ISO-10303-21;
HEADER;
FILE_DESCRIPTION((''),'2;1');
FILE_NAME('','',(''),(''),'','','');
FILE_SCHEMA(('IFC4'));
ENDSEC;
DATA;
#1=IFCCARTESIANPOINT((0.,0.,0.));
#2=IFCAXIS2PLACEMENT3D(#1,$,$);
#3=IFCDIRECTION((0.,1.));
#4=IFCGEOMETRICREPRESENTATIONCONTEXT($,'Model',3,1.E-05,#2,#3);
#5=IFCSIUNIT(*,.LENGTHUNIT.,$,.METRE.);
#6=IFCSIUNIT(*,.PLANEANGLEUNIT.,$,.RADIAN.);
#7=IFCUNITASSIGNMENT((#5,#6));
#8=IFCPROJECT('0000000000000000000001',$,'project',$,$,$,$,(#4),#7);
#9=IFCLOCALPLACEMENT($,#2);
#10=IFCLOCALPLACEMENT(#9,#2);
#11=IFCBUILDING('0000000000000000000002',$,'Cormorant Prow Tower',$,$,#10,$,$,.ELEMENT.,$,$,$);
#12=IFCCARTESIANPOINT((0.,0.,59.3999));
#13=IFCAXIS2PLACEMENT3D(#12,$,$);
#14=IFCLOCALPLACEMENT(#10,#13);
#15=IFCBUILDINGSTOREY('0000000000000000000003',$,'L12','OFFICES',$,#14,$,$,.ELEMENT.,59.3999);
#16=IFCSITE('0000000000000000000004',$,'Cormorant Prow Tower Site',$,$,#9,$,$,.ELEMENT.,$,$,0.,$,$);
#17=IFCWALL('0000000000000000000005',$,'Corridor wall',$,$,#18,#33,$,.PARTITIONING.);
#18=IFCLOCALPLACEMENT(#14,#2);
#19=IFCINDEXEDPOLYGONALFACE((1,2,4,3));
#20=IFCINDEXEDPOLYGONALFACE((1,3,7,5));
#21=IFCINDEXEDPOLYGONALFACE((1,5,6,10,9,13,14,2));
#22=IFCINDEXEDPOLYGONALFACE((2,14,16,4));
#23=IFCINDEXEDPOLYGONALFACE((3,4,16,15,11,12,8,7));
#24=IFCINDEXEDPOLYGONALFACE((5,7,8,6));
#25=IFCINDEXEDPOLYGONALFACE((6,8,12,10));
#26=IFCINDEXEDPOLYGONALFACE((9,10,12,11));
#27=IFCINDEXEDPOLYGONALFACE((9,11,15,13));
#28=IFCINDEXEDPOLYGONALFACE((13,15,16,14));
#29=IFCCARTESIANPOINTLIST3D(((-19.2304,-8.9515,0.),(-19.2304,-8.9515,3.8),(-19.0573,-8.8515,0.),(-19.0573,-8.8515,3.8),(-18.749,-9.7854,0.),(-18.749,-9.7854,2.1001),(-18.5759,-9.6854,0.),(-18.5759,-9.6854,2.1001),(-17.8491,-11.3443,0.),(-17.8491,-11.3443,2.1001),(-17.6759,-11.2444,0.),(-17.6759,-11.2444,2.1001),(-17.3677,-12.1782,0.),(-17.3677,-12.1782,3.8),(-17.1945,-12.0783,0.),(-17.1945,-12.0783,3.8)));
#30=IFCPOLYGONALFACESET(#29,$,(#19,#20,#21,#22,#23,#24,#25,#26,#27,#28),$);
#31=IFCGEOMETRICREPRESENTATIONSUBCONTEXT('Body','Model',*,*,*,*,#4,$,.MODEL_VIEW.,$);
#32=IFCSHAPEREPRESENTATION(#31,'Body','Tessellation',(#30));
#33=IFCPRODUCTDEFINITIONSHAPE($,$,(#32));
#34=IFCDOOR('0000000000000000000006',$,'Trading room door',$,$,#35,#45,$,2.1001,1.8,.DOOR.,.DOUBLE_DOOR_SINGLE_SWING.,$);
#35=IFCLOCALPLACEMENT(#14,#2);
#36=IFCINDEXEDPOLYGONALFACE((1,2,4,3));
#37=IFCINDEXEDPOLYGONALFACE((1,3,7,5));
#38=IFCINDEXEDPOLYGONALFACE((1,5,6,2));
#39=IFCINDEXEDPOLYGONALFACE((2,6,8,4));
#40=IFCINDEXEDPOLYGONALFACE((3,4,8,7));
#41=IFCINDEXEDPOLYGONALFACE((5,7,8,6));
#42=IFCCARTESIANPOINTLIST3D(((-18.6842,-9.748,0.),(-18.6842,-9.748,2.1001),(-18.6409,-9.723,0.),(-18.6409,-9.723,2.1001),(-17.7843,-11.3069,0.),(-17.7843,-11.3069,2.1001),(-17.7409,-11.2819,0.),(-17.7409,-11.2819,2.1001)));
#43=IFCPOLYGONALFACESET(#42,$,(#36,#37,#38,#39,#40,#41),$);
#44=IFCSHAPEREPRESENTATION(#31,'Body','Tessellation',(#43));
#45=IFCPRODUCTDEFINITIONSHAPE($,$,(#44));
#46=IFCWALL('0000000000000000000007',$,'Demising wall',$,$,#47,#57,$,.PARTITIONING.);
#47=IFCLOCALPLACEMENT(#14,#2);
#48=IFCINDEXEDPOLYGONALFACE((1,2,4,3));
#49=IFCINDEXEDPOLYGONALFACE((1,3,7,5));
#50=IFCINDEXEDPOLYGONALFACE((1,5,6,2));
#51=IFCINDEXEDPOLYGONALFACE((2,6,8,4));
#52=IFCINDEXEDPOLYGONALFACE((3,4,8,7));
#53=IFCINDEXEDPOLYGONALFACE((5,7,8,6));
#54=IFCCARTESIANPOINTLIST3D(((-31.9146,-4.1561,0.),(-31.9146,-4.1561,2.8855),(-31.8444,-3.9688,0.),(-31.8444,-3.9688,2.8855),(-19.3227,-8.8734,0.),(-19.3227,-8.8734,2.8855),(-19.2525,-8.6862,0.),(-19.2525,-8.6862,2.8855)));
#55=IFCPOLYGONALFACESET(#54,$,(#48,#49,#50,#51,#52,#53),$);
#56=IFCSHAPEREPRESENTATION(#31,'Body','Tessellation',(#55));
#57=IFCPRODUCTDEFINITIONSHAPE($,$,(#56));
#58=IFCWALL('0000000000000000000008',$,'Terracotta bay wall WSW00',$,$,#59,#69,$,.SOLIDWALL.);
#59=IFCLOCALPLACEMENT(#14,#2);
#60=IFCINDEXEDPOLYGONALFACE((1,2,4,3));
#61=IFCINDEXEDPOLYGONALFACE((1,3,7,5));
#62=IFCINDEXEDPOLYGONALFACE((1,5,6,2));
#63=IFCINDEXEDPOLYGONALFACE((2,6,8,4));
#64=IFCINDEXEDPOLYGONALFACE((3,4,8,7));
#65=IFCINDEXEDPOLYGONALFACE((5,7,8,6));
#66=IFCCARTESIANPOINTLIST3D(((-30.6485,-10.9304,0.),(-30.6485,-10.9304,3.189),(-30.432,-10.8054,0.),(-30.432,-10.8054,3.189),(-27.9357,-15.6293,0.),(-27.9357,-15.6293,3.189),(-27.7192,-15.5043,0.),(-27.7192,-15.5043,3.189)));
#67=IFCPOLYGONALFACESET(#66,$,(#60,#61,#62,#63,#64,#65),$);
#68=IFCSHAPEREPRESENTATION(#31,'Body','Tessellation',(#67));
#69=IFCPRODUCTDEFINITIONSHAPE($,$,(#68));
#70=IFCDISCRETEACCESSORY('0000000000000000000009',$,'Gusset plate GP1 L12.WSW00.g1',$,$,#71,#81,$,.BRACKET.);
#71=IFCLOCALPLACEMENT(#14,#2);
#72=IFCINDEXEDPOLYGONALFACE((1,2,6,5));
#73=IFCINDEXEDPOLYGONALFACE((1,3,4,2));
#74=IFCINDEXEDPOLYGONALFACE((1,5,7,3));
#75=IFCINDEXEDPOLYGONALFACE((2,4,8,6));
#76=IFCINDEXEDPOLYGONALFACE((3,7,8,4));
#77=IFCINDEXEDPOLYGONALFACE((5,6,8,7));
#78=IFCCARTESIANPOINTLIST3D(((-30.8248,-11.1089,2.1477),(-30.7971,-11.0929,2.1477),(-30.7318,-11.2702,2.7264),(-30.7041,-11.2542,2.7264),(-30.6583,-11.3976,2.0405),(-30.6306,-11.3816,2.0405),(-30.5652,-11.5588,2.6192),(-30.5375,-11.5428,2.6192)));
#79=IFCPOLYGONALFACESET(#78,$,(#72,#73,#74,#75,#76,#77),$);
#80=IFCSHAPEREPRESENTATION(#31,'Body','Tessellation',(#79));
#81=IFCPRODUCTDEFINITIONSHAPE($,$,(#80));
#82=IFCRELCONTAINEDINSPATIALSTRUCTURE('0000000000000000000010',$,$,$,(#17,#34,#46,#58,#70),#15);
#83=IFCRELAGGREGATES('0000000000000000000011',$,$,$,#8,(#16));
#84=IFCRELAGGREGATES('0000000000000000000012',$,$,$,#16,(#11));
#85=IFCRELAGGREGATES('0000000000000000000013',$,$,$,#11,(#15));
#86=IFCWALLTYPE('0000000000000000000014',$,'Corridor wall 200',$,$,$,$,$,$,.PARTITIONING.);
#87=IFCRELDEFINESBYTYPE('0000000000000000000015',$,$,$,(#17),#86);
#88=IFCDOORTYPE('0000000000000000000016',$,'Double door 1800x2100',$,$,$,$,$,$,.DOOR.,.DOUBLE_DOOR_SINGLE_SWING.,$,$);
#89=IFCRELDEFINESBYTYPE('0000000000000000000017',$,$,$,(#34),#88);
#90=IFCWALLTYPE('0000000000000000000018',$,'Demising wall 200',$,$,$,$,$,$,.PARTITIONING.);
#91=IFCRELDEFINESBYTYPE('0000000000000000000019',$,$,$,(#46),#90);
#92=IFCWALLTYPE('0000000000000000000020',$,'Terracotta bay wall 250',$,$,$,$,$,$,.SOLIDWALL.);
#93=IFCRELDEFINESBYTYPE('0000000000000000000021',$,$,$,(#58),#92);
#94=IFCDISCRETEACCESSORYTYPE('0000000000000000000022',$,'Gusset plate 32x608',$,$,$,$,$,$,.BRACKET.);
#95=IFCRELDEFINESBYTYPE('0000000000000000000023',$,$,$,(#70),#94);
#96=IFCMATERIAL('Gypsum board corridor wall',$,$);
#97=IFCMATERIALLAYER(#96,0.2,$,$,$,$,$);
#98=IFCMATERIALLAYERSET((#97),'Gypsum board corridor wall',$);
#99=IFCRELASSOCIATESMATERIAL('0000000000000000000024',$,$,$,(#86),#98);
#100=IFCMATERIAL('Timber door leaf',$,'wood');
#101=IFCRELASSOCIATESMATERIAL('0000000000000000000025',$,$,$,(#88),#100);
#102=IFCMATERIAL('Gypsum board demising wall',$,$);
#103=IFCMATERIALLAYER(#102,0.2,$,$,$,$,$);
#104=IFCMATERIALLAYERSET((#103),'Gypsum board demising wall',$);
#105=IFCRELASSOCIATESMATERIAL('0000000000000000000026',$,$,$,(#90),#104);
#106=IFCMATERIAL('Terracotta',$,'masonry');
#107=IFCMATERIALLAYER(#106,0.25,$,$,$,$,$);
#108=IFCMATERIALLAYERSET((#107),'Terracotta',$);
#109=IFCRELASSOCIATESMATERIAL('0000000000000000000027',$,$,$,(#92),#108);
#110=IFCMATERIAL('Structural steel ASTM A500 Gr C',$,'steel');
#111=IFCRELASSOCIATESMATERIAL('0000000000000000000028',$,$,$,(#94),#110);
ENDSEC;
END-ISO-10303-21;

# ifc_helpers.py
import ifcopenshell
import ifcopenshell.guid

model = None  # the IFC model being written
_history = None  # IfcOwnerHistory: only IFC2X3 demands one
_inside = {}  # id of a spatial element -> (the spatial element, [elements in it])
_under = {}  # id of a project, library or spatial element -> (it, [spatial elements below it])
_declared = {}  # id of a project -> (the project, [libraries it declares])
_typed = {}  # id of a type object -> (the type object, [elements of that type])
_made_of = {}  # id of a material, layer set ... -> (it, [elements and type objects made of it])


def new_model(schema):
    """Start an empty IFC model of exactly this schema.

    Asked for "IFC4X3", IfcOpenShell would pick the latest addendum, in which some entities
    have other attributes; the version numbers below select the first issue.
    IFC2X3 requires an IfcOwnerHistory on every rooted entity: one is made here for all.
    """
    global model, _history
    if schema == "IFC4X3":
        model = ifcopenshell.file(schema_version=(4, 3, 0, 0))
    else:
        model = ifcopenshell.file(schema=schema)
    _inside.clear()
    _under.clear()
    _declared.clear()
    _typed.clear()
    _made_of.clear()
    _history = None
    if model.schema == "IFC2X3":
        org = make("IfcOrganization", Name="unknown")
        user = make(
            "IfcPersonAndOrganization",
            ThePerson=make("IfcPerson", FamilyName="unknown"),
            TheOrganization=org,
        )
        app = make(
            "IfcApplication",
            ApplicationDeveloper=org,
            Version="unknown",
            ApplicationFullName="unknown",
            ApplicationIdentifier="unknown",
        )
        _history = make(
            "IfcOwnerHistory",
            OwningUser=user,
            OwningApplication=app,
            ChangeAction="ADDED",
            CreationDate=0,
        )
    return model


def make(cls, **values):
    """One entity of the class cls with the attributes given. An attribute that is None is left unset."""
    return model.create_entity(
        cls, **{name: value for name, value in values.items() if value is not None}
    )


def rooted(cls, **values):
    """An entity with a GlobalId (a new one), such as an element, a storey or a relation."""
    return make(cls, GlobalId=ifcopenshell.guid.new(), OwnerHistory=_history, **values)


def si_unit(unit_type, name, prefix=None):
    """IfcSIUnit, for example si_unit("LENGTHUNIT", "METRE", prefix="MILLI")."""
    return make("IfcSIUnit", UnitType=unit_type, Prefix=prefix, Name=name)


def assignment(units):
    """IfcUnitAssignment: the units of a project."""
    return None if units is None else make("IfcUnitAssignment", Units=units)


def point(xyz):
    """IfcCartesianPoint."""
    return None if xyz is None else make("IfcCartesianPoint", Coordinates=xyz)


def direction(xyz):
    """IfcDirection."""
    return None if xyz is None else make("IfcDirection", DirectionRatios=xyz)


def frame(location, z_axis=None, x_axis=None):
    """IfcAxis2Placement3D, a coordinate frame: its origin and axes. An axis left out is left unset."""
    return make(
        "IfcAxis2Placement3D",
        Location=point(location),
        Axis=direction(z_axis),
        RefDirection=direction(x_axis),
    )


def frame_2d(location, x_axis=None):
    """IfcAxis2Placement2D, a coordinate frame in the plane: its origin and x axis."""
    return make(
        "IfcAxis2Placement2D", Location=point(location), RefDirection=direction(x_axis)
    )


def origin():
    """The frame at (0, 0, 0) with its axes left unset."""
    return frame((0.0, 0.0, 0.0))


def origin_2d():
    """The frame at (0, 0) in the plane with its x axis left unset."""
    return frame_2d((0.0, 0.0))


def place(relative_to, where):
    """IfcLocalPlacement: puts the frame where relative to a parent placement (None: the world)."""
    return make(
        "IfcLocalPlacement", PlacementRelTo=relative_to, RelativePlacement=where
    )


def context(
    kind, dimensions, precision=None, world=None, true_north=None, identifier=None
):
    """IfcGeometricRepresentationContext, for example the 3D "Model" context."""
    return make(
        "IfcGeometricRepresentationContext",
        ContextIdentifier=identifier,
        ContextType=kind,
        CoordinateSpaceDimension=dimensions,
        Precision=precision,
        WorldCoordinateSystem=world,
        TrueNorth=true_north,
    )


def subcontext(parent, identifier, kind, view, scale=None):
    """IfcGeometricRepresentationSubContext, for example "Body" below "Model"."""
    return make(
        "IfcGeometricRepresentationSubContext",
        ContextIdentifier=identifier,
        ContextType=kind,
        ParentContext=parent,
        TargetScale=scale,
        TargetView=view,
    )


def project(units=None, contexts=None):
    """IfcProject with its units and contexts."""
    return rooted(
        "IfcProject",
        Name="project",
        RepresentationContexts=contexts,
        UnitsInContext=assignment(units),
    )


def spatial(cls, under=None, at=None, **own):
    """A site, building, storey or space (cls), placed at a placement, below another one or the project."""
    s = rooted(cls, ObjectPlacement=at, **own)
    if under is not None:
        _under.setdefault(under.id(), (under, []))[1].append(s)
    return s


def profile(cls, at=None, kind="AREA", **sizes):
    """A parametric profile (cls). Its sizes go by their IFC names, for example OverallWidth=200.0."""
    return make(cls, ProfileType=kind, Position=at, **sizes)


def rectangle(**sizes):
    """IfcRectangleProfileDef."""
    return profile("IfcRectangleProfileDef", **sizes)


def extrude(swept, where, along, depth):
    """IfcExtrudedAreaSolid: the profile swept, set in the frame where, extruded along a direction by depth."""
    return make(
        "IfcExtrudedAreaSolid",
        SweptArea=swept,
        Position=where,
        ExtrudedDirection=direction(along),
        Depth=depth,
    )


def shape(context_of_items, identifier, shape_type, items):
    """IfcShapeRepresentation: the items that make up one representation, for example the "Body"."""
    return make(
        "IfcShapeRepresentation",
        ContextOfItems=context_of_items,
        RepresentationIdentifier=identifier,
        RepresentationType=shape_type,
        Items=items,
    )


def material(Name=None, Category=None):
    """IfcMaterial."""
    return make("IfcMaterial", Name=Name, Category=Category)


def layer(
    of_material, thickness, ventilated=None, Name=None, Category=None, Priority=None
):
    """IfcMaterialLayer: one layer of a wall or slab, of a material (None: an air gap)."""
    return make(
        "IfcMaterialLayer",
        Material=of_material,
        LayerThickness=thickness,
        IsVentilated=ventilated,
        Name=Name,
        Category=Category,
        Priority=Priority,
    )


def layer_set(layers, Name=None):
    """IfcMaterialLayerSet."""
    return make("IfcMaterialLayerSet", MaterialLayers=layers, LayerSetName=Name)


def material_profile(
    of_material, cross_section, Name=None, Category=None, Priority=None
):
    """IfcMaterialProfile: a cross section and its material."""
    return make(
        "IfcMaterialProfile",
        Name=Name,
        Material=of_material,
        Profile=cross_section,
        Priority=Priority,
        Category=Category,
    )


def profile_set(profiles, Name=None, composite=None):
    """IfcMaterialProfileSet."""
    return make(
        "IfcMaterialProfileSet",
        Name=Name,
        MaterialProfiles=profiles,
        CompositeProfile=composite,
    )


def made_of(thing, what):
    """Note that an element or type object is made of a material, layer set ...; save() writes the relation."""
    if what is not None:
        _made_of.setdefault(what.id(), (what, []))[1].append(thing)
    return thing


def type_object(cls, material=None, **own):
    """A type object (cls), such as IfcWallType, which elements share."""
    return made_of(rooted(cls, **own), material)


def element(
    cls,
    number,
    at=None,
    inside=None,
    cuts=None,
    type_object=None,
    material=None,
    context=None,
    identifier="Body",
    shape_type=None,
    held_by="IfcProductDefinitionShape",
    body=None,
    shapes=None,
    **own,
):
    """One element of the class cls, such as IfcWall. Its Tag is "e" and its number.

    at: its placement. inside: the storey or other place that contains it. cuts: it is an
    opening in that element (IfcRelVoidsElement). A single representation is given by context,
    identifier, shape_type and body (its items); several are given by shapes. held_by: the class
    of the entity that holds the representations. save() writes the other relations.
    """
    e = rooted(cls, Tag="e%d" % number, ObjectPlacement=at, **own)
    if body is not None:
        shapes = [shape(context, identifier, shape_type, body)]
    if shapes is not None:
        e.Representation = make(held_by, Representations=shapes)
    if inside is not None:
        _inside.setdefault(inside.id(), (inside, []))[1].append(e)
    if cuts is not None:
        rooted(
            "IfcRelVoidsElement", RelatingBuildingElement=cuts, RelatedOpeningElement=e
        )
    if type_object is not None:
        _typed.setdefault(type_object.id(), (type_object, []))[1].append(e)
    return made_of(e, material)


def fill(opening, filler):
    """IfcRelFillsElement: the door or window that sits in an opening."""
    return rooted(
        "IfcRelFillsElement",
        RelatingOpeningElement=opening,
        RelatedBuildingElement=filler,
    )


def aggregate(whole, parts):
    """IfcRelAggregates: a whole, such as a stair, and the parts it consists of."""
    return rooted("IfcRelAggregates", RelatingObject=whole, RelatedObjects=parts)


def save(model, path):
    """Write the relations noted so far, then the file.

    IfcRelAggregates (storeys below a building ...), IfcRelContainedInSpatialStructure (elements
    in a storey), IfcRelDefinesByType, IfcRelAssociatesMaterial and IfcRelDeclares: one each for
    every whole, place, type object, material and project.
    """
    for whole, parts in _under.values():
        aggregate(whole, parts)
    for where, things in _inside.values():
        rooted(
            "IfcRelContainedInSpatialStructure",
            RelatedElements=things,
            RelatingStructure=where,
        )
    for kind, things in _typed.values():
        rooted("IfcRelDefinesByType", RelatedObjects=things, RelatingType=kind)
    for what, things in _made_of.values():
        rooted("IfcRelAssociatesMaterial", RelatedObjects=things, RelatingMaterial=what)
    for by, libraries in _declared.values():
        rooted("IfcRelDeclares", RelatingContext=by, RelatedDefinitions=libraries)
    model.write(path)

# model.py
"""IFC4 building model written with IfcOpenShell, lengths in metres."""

from ifc_helpers import new_model, si_unit, direction, frame, frame_2d, origin, origin_2d, place, context, subcontext, project, spatial, rectangle, extrude, material, layer, layer_set, material_profile, profile_set, type_object, element, fill, save


model = new_model("IFC4")

# Units and contexts
model_context = context("Model", 3, precision=1e-05, world=origin(), true_north=direction((0.0, 1.0)))
body_context = subcontext(model_context, "Body", "Model", "MODEL_VIEW")
ifc_project = project(units=[si_unit("LENGTHUNIT", "METRE"), si_unit("PLANEANGLEUNIT", "RADIAN")], contexts=[model_context])

# Site, building, storey
site_placement = place(None, origin())
site = spatial("IfcSite", under=ifc_project, at=site_placement, Name="Cormorant Prow Tower Site", CompositionType="ELEMENT", RefElevation=0.0)
building_placement = place(site_placement, origin())
building = spatial("IfcBuilding", under=site, at=building_placement, Name="Cormorant Prow Tower", CompositionType="ELEMENT")
storey_placement = place(building_placement, frame((0.0, 0.0, 59.3999)))
storey = spatial("IfcBuildingStorey", under=building, at=storey_placement, Name="L12", Description="OFFICES", CompositionType="ELEMENT", Elevation=59.3999)

# Shared definitions
ifc_material_1 = material(Name="Gypsum board corridor wall")
ifc_layer_1 = layer(ifc_material_1, 0.2)
ifc_layer_set_1 = layer_set([ifc_layer_1], Name="Gypsum board corridor wall")
wall_type_1 = type_object("IfcWallType", Name="Corridor wall 200", PredefinedType="PARTITIONING", material=ifc_layer_set_1)

# Wall, opening, door
ifc_material_2 = material(Name="Timber door leaf", Category="wood")
door_type_1 = type_object("IfcDoorType", Name="Double door 1800x2100", OperationType="DOUBLE_DOOR_SINGLE_SWING", PredefinedType="DOOR", material=ifc_material_2)
wall_1_placement = place(storey_placement, frame((-19.1438, -8.9016, 0.0), z_axis=(0.0, 0.0, 1.0), x_axis=(0.499959, -0.866049, 0.0)))
wall_1 = element("IfcWall", 1, at=wall_1_placement, inside=storey, type_object=wall_type_1, Name="Corridor wall", PredefinedType="PARTITIONING", context=body_context, shape_type="SweptSolid", body=[
    extrude(rectangle(XDim=3.7258, YDim=0.2, at=frame_2d((1.8628, 0.0))), origin(), (0.0, 0.0, 1.0), 3.8),
])
opening_1_placement = place(wall_1_placement, frame((0.9629, 0.0, 0.0)))
opening_1 = element("IfcOpeningElement", 2, at=opening_1_placement, cuts=wall_1, PredefinedType="OPENING", context=body_context, shape_type="SweptSolid", body=[
    extrude(rectangle(XDim=1.8, YDim=2.1001, at=frame_2d((0.8999, 1.05))), frame((0.0, 0.1099, 0.0), z_axis=(0.0, -1.0, 0.0), x_axis=(1.0, 0.0, 0.0)), (0.0, 0.0, 1.0), 0.22),
])
door_1_placement = place(opening_1_placement, origin())
door_1 = element("IfcDoor", 3, at=door_1_placement, inside=storey, type_object=door_type_1, Name="Trading room door", OperationType="DOUBLE_DOOR_SINGLE_SWING", OverallHeight=2.1001, OverallWidth=1.8, PredefinedType="DOOR", context=body_context, shape_type="SweptSolid", body=[
    extrude(rectangle(XDim=1.8, YDim=2.1001, at=frame_2d((0.8999, 1.05))), frame((0.0, 0.0249, 0.0), z_axis=(0.0, -1.0, 0.0), x_axis=(1.0, 0.0, 0.0)), (0.0, 0.0, 1.0), 0.05),
])
fill(opening_1, door_1)

# Walls
ifc_material_3 = material(Name="Gypsum board demising wall")
ifc_layer_2 = layer(ifc_material_3, 0.2)
ifc_layer_set_2 = layer_set([ifc_layer_2], Name="Gypsum board demising wall")
wall_type_2 = type_object("IfcWallType", Name="Demising wall 200", PredefinedType="PARTITIONING", material=ifc_layer_set_2)
wall_2_placement = place(storey_placement, frame((-31.8794, -4.0625, 0.0), z_axis=(0.0, 0.0, 1.0), x_axis=(0.936443, -0.350821, 0.0)))
element("IfcWall", 4, at=wall_2_placement, inside=storey, type_object=wall_type_2, Name="Demising wall", PredefinedType="PARTITIONING", context=body_context, shape_type="SweptSolid", body=[
    extrude(rectangle(XDim=13.4465, YDim=0.2, at=frame_2d((6.7231, 0.0))), origin(), (0.0, 0.0, 1.0), 2.8855),
])
ifc_material_4 = material(Name="Terracotta", Category="masonry")
ifc_layer_3 = layer(ifc_material_4, 0.25)
ifc_layer_set_3 = layer_set([ifc_layer_3], Name="Terracotta")
wall_type_3 = type_object("IfcWallType", Name="Terracotta bay wall 250", PredefinedType="SOLIDWALL", material=ifc_layer_set_3)
wall_3_placement = place(storey_placement, frame((-30.5403, -10.8679, 0.0), z_axis=(0.0, 0.0, 1.0), x_axis=(0.499991, -0.86603, 0.0)))
element("IfcWall", 5, at=wall_3_placement, inside=storey, type_object=wall_type_3, Name="Terracotta bay wall WSW00", PredefinedType="SOLIDWALL", context=body_context, shape_type="SweptSolid", body=[
    extrude(rectangle(XDim=5.4258, YDim=0.25, at=frame_2d((2.7129, 0.0))), origin(), (0.0, 0.0, 1.0), 3.189),
])

# Discrete accessory
ifc_material_5 = material(Name="Structural steel ASTM A500 Gr C", Category="steel")
ifc_material_profile_1 = material_profile(ifc_material_5, rectangle(XDim=0.032, YDim=0.6079, at=origin_2d()), Name="Gusset plate 32x608")
ifc_profile_set_1 = profile_set([ifc_material_profile_1], Name="Structural steel ASTM A500 Gr C")
discrete_accessory_type = type_object("IfcDiscreteAccessoryType", Name="Gusset plate 32x608", PredefinedType="BRACKET", material=ifc_profile_set_1)
discrete_accessory_placement = place(storey_placement, frame((-30.5979, -11.4702, 2.3298), z_axis=(-0.475753, 0.824546, 0.30624), x_axis=(-0.866161, -0.499765, 0.0)))
element("IfcDiscreteAccessory", 6, at=discrete_accessory_placement, inside=storey, type_object=discrete_accessory_type, Name="Gusset plate GP1 L12.WSW00.g1", PredefinedType="BRACKET", context=body_context, shape_type="SweptSolid", body=[
    extrude(rectangle(XDim=0.032, YDim=0.6079, at=origin_2d()), origin(), (0.0, 0.0, 1.0), 0.3501),
])

save(model, "model.ifc")
